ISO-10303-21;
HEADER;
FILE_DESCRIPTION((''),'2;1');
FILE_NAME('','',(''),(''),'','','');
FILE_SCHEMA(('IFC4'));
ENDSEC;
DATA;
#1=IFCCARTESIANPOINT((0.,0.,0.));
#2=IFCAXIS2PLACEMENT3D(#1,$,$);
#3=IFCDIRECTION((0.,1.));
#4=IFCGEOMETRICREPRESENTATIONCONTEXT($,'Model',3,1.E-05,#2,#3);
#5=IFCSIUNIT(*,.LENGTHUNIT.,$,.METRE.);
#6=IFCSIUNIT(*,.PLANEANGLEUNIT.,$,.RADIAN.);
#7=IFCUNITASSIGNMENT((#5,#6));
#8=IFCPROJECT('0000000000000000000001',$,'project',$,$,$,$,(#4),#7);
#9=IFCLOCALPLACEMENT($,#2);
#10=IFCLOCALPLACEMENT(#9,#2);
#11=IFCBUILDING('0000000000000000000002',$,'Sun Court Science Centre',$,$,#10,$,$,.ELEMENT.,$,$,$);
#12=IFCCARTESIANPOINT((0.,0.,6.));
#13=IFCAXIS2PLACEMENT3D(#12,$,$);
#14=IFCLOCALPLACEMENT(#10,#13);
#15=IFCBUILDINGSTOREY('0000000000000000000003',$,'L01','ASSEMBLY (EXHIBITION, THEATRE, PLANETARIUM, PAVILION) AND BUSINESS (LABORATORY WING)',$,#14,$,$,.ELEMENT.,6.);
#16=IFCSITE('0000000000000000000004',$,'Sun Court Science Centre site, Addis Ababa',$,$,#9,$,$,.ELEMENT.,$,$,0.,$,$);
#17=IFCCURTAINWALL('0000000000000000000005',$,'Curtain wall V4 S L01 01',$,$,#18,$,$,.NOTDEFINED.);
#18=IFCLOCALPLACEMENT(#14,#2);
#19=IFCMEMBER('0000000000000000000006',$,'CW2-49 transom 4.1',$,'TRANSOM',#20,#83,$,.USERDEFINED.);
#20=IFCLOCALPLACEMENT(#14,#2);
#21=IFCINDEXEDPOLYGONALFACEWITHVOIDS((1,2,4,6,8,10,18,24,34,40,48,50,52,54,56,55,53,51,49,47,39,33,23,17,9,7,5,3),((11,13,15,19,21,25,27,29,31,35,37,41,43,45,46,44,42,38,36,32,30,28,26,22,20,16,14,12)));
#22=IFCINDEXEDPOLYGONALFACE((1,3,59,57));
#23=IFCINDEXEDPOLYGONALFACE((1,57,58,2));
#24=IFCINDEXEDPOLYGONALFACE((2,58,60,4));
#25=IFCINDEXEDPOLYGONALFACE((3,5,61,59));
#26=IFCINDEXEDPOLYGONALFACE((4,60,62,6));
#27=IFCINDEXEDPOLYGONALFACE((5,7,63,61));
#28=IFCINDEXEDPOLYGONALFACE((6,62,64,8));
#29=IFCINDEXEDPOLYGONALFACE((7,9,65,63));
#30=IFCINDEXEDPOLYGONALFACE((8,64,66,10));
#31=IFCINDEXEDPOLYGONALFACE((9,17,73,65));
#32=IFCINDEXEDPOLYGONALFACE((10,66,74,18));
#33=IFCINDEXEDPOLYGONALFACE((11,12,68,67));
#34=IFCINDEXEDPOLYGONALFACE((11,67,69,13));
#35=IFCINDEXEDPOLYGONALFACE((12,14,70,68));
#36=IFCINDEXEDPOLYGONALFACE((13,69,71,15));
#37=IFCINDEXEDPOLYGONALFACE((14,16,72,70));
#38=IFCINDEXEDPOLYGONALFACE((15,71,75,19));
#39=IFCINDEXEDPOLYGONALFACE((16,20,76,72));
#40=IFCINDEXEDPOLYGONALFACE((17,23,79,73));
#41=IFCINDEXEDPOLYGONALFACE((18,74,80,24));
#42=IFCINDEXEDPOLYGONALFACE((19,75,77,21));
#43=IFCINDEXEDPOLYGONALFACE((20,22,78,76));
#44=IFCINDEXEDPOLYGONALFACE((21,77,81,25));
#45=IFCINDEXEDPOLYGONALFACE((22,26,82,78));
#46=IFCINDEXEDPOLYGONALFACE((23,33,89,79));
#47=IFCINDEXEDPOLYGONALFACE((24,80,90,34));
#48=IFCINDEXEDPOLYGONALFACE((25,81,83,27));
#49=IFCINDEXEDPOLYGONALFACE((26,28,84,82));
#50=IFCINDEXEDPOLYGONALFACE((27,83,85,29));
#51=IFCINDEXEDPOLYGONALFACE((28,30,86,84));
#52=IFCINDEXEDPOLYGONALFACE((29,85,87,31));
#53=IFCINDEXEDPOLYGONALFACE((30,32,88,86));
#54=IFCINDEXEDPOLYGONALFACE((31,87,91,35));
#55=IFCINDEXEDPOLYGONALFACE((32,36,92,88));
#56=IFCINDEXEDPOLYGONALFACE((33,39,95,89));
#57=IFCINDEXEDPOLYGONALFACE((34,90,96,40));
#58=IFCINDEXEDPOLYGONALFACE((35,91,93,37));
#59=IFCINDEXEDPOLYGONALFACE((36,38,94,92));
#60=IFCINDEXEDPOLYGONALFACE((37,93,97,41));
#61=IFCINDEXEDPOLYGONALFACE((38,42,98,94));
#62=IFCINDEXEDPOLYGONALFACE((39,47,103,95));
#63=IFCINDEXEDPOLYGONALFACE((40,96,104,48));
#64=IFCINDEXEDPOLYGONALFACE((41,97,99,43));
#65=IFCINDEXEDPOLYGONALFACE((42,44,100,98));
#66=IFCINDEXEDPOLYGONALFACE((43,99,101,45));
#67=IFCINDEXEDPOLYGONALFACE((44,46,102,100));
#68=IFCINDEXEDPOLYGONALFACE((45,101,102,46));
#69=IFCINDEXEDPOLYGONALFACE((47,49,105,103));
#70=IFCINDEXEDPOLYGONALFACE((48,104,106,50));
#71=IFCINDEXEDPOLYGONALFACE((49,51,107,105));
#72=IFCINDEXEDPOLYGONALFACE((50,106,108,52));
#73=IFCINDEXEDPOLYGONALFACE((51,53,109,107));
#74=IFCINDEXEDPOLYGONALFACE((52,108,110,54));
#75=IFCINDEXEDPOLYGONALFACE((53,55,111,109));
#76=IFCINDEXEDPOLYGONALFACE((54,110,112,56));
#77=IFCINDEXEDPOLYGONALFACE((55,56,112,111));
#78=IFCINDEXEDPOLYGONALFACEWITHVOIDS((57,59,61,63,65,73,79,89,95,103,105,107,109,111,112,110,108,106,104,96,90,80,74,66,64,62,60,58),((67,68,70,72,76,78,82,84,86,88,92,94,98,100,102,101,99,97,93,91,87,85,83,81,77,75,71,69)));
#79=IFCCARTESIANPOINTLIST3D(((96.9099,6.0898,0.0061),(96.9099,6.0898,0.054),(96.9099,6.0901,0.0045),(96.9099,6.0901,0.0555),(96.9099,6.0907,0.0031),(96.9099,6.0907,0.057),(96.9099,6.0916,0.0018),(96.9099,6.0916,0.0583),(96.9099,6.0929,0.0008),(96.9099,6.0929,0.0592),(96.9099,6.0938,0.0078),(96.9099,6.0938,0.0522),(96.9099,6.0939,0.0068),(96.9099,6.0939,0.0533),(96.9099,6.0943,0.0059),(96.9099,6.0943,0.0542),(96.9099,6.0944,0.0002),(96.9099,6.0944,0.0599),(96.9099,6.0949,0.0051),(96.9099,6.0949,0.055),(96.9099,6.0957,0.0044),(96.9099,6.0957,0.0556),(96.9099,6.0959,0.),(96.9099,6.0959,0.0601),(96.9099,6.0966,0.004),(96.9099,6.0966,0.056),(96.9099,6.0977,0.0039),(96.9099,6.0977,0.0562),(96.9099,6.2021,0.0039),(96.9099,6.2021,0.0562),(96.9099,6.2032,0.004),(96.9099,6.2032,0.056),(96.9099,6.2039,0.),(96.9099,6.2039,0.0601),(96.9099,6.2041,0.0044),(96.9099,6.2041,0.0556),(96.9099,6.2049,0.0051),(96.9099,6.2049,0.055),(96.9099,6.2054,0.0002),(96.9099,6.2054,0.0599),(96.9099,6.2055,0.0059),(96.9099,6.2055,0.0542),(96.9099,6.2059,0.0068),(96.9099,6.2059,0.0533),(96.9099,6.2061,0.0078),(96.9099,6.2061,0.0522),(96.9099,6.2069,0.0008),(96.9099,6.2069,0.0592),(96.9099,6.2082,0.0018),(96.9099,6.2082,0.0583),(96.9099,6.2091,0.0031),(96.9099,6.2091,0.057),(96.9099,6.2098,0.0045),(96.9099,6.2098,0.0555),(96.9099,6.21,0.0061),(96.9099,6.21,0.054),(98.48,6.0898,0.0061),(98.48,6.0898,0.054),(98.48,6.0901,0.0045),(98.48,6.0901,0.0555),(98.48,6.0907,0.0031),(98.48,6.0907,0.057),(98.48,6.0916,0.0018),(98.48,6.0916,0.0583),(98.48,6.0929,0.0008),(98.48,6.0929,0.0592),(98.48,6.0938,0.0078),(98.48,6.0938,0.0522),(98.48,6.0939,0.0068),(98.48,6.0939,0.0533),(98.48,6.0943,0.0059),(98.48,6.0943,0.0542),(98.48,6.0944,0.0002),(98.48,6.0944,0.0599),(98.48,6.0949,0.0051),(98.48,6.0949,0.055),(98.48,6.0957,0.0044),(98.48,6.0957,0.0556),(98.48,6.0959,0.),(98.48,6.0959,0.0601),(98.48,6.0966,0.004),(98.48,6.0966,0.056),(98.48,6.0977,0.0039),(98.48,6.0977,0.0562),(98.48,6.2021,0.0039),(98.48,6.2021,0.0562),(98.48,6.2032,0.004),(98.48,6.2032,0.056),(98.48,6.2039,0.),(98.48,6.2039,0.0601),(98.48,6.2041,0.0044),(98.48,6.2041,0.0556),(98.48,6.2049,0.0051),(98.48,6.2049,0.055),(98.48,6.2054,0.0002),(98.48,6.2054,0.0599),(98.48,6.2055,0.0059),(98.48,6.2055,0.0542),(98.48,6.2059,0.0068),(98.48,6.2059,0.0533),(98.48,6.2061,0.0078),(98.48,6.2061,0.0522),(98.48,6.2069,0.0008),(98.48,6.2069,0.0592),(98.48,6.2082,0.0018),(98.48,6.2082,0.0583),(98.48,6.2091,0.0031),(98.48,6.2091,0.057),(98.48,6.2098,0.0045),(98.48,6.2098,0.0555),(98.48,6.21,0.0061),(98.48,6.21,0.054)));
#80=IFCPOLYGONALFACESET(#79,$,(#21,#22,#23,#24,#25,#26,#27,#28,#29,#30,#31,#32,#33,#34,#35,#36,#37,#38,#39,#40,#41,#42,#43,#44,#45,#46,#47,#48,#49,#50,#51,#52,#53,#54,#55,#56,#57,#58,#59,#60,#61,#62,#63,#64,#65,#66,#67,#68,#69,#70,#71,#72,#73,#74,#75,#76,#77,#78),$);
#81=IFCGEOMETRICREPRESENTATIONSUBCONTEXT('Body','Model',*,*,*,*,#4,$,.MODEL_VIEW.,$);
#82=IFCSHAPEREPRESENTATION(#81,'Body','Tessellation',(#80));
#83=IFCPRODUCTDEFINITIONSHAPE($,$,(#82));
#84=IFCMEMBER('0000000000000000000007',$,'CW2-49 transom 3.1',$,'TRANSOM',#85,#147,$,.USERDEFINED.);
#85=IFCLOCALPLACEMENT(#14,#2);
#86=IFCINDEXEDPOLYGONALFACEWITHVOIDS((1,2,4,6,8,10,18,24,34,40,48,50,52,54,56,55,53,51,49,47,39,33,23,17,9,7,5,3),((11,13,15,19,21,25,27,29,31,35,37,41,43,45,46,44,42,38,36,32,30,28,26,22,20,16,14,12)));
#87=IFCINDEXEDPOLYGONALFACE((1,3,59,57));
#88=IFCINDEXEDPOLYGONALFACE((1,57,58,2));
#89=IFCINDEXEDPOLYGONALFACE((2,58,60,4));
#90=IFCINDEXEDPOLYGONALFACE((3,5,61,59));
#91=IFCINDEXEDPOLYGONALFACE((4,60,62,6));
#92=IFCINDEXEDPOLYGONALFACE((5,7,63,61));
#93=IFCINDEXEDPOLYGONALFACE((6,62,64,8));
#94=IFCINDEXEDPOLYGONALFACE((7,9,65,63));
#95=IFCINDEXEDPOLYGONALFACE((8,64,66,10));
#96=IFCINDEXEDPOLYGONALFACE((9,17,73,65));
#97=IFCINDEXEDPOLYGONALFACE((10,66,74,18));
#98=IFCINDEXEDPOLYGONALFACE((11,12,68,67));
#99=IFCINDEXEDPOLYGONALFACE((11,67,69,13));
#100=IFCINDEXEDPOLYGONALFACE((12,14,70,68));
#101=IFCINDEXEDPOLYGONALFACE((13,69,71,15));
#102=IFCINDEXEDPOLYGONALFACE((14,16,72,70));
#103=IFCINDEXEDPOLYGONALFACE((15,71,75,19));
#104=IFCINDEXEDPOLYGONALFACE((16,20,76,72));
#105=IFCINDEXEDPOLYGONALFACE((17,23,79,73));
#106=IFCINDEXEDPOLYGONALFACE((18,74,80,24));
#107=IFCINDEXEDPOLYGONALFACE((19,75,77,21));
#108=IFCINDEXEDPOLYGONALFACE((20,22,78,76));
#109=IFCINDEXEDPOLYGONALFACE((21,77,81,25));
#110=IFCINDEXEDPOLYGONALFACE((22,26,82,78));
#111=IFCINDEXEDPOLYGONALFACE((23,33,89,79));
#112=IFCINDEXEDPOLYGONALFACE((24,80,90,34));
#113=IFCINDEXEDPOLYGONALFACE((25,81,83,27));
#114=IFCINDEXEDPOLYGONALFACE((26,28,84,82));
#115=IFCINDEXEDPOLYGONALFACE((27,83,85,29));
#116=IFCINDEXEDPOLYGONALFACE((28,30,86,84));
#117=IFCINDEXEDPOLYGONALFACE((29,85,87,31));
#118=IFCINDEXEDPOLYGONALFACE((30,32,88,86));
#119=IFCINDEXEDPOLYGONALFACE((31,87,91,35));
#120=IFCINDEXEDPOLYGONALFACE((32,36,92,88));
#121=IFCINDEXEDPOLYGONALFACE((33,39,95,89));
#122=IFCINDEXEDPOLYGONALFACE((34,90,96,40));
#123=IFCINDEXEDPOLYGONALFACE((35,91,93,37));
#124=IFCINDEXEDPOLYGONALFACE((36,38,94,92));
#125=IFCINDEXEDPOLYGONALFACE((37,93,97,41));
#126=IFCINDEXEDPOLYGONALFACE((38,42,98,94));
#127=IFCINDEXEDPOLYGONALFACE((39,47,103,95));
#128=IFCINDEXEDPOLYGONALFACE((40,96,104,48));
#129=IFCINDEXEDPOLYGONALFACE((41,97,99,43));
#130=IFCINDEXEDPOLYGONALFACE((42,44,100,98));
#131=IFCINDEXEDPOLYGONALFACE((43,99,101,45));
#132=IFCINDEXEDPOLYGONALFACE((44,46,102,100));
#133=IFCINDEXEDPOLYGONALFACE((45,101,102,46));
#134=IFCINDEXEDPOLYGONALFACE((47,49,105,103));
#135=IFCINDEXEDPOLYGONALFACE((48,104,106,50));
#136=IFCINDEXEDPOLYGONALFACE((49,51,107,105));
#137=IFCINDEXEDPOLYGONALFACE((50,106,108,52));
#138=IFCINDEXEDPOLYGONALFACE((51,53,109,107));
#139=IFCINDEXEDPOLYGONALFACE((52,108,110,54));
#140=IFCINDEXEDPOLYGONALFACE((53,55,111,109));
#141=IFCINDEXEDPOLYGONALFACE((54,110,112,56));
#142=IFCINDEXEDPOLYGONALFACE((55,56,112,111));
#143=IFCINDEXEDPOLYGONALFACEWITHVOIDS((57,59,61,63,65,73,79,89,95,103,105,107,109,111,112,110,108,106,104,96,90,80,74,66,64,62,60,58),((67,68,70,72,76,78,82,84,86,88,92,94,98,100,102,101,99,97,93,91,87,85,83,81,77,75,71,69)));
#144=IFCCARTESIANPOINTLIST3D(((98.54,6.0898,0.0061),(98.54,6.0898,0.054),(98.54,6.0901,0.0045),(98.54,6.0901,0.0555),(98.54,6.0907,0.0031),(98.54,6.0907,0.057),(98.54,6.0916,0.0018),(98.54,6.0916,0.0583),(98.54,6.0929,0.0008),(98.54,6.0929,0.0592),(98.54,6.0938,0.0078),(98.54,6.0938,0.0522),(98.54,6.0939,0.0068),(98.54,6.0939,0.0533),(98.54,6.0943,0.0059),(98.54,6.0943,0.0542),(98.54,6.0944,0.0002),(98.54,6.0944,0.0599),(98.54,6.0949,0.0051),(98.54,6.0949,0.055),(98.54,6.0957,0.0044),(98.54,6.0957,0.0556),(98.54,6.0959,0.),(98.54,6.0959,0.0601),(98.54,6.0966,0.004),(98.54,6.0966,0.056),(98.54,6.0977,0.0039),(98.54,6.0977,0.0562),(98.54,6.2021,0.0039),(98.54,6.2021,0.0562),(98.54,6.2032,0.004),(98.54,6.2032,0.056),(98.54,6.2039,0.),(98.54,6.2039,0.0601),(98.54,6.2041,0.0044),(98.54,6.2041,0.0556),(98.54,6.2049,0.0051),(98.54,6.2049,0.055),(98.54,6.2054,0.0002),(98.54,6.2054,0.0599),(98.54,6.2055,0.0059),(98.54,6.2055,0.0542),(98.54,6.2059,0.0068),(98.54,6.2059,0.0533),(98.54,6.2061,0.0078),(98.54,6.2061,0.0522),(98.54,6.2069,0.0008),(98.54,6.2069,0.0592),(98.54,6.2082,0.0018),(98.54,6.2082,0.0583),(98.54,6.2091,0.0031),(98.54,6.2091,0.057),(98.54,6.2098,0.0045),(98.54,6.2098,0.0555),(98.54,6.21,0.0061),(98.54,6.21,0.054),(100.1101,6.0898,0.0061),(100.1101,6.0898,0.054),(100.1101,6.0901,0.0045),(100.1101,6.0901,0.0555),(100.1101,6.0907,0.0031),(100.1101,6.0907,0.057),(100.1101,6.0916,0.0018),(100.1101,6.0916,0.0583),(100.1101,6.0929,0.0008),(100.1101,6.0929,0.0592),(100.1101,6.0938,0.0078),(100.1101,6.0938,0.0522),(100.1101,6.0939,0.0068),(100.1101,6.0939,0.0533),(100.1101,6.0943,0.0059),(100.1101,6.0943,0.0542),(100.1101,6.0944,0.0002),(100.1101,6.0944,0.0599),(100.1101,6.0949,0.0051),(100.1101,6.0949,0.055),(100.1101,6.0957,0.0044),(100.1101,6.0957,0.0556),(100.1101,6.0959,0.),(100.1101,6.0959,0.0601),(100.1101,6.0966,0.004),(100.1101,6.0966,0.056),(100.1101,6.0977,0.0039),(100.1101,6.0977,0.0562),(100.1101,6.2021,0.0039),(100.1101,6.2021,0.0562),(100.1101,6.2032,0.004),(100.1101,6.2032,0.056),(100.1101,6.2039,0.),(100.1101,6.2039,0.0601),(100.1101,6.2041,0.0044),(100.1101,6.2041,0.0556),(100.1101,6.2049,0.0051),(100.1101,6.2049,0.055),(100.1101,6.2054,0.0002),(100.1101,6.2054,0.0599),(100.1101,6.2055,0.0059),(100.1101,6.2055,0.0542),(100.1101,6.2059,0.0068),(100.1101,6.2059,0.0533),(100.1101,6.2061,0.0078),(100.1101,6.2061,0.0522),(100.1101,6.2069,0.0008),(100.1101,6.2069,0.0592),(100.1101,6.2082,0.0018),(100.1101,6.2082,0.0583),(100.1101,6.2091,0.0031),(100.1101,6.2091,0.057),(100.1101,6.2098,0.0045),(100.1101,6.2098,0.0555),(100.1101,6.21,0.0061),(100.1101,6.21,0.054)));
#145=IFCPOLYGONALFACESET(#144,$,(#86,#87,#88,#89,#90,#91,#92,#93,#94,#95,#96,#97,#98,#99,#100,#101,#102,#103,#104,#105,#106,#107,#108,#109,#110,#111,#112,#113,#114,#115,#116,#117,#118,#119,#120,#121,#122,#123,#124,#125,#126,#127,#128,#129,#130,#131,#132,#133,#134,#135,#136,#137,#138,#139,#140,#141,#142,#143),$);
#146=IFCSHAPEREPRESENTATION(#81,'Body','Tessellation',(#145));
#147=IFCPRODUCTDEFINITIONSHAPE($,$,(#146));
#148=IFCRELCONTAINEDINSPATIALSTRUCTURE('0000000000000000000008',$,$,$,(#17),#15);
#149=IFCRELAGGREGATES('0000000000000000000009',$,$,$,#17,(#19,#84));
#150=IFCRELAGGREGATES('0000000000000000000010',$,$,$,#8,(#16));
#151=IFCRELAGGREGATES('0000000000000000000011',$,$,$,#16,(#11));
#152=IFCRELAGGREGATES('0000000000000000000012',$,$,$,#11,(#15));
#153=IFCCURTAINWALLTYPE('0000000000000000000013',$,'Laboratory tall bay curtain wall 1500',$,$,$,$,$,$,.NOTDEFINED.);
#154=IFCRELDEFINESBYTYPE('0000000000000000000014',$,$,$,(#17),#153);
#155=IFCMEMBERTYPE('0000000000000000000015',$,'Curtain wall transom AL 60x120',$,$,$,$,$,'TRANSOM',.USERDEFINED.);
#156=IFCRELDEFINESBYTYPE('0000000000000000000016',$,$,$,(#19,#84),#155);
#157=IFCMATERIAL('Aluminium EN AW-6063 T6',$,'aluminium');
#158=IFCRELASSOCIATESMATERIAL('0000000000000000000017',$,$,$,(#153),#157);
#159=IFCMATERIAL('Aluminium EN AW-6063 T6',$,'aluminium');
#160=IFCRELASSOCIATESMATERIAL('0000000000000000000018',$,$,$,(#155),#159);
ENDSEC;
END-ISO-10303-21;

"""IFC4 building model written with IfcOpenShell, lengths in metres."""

from ifc_helpers import new_model, si_unit, direction, frame, origin, origin_2d, place, context, subcontext, project, spatial, hollow_rectangle, extrude, material, material_profile, profile_set, type_object, element, aggregate, save


model = new_model("IFC4")

# Units and contexts
model_context = context("Model", 3, precision=1e-05, world=origin(), true_north=direction((0.0, 1.0)))
body_context = subcontext(model_context, "Body", "Model", "MODEL_VIEW")
ifc_project = project(units=[si_unit("LENGTHUNIT", "METRE"), si_unit("PLANEANGLEUNIT", "RADIAN")], contexts=[model_context])

# Site, building, storey
site_placement = place(None, origin())
site = spatial("IfcSite", under=ifc_project, at=site_placement, Name="Sun Court Science Centre site, Addis Ababa", CompositionType="ELEMENT", RefElevation=0.0)
building_placement = place(site_placement, origin())
building = spatial("IfcBuilding", under=site, at=building_placement, Name="Sun Court Science Centre", CompositionType="ELEMENT")
storey_placement = place(building_placement, frame((0.0, 0.0, 6.0)))
storey = spatial("IfcBuildingStorey", under=building, at=storey_placement, Name="L01", Description="ASSEMBLY (EXHIBITION, THEATRE, PLANETARIUM, PAVILION) AND BUSINESS (LABORATORY WING)", CompositionType="ELEMENT", Elevation=6.0)

# Curtain wall
ifc_material_1 = material(Name="Aluminium EN AW-6063 T6", Category="aluminium")
curtain_wall_type = type_object("IfcCurtainWallType", Name="Laboratory tall bay curtain wall 1500", PredefinedType="NOTDEFINED", material=ifc_material_1)
curtain_wall_1_placement = place(storey_placement, origin())
curtain_wall_1 = element("IfcCurtainWall", 1, at=curtain_wall_1_placement, inside=storey, type_object=curtain_wall_type, Name="Curtain wall V4 S L01 01", PredefinedType="NOTDEFINED")

# Members
ifc_material_2 = material(Name="Aluminium EN AW-6063 T6", Category="aluminium")
ifc_material_profile_1 = material_profile(ifc_material_2, hollow_rectangle(XDim=0.0601, YDim=0.1201, WallThickness=0.0039, InnerFilletRadius=0.0039, OuterFilletRadius=0.0061, at=origin_2d()), Name="AL 60x120x4")
ifc_profile_set_1 = profile_set([ifc_material_profile_1], Name="Aluminium EN AW-6063 T6")
member_type_1 = type_object("IfcMemberType", Name="Curtain wall transom AL 60x120", ElementType="TRANSOM", PredefinedType="USERDEFINED", material=ifc_profile_set_1)
member_1_placement = place(storey_placement, frame((98.48, 6.1499, 0.03), z_axis=(-1.0, 0.0, 0.0), x_axis=(0.0, 0.0, 1.0)))
member_1 = element("IfcMember", 2, at=member_1_placement, type_object=member_type_1, Name="CW2-49 transom 4.1", ObjectType="TRANSOM", PredefinedType="USERDEFINED", context=body_context, shape_type="SweptSolid", body=[
    extrude(hollow_rectangle(XDim=0.0601, YDim=0.1201, WallThickness=0.0039, InnerFilletRadius=0.0039, OuterFilletRadius=0.0061, at=origin_2d()), origin(), (0.0, 0.0, 1.0), 1.5701),
])
member_2_placement = place(storey_placement, frame((100.1101, 6.1499, 0.03), z_axis=(-1.0, 0.0, 0.0), x_axis=(0.0, 0.0, 1.0)))
member_2 = element("IfcMember", 3, at=member_2_placement, type_object=member_type_1, Name="CW2-49 transom 3.1", ObjectType="TRANSOM", PredefinedType="USERDEFINED", context=body_context, shape_type="SweptSolid", body=[
    extrude(hollow_rectangle(XDim=0.0601, YDim=0.1201, WallThickness=0.0039, InnerFilletRadius=0.0039, OuterFilletRadius=0.0061, at=origin_2d()), origin(), (0.0, 0.0, 1.0), 1.5701),
])

aggregate(curtain_wall_1, [member_1, member_2])

save(model, "model.ifc")
